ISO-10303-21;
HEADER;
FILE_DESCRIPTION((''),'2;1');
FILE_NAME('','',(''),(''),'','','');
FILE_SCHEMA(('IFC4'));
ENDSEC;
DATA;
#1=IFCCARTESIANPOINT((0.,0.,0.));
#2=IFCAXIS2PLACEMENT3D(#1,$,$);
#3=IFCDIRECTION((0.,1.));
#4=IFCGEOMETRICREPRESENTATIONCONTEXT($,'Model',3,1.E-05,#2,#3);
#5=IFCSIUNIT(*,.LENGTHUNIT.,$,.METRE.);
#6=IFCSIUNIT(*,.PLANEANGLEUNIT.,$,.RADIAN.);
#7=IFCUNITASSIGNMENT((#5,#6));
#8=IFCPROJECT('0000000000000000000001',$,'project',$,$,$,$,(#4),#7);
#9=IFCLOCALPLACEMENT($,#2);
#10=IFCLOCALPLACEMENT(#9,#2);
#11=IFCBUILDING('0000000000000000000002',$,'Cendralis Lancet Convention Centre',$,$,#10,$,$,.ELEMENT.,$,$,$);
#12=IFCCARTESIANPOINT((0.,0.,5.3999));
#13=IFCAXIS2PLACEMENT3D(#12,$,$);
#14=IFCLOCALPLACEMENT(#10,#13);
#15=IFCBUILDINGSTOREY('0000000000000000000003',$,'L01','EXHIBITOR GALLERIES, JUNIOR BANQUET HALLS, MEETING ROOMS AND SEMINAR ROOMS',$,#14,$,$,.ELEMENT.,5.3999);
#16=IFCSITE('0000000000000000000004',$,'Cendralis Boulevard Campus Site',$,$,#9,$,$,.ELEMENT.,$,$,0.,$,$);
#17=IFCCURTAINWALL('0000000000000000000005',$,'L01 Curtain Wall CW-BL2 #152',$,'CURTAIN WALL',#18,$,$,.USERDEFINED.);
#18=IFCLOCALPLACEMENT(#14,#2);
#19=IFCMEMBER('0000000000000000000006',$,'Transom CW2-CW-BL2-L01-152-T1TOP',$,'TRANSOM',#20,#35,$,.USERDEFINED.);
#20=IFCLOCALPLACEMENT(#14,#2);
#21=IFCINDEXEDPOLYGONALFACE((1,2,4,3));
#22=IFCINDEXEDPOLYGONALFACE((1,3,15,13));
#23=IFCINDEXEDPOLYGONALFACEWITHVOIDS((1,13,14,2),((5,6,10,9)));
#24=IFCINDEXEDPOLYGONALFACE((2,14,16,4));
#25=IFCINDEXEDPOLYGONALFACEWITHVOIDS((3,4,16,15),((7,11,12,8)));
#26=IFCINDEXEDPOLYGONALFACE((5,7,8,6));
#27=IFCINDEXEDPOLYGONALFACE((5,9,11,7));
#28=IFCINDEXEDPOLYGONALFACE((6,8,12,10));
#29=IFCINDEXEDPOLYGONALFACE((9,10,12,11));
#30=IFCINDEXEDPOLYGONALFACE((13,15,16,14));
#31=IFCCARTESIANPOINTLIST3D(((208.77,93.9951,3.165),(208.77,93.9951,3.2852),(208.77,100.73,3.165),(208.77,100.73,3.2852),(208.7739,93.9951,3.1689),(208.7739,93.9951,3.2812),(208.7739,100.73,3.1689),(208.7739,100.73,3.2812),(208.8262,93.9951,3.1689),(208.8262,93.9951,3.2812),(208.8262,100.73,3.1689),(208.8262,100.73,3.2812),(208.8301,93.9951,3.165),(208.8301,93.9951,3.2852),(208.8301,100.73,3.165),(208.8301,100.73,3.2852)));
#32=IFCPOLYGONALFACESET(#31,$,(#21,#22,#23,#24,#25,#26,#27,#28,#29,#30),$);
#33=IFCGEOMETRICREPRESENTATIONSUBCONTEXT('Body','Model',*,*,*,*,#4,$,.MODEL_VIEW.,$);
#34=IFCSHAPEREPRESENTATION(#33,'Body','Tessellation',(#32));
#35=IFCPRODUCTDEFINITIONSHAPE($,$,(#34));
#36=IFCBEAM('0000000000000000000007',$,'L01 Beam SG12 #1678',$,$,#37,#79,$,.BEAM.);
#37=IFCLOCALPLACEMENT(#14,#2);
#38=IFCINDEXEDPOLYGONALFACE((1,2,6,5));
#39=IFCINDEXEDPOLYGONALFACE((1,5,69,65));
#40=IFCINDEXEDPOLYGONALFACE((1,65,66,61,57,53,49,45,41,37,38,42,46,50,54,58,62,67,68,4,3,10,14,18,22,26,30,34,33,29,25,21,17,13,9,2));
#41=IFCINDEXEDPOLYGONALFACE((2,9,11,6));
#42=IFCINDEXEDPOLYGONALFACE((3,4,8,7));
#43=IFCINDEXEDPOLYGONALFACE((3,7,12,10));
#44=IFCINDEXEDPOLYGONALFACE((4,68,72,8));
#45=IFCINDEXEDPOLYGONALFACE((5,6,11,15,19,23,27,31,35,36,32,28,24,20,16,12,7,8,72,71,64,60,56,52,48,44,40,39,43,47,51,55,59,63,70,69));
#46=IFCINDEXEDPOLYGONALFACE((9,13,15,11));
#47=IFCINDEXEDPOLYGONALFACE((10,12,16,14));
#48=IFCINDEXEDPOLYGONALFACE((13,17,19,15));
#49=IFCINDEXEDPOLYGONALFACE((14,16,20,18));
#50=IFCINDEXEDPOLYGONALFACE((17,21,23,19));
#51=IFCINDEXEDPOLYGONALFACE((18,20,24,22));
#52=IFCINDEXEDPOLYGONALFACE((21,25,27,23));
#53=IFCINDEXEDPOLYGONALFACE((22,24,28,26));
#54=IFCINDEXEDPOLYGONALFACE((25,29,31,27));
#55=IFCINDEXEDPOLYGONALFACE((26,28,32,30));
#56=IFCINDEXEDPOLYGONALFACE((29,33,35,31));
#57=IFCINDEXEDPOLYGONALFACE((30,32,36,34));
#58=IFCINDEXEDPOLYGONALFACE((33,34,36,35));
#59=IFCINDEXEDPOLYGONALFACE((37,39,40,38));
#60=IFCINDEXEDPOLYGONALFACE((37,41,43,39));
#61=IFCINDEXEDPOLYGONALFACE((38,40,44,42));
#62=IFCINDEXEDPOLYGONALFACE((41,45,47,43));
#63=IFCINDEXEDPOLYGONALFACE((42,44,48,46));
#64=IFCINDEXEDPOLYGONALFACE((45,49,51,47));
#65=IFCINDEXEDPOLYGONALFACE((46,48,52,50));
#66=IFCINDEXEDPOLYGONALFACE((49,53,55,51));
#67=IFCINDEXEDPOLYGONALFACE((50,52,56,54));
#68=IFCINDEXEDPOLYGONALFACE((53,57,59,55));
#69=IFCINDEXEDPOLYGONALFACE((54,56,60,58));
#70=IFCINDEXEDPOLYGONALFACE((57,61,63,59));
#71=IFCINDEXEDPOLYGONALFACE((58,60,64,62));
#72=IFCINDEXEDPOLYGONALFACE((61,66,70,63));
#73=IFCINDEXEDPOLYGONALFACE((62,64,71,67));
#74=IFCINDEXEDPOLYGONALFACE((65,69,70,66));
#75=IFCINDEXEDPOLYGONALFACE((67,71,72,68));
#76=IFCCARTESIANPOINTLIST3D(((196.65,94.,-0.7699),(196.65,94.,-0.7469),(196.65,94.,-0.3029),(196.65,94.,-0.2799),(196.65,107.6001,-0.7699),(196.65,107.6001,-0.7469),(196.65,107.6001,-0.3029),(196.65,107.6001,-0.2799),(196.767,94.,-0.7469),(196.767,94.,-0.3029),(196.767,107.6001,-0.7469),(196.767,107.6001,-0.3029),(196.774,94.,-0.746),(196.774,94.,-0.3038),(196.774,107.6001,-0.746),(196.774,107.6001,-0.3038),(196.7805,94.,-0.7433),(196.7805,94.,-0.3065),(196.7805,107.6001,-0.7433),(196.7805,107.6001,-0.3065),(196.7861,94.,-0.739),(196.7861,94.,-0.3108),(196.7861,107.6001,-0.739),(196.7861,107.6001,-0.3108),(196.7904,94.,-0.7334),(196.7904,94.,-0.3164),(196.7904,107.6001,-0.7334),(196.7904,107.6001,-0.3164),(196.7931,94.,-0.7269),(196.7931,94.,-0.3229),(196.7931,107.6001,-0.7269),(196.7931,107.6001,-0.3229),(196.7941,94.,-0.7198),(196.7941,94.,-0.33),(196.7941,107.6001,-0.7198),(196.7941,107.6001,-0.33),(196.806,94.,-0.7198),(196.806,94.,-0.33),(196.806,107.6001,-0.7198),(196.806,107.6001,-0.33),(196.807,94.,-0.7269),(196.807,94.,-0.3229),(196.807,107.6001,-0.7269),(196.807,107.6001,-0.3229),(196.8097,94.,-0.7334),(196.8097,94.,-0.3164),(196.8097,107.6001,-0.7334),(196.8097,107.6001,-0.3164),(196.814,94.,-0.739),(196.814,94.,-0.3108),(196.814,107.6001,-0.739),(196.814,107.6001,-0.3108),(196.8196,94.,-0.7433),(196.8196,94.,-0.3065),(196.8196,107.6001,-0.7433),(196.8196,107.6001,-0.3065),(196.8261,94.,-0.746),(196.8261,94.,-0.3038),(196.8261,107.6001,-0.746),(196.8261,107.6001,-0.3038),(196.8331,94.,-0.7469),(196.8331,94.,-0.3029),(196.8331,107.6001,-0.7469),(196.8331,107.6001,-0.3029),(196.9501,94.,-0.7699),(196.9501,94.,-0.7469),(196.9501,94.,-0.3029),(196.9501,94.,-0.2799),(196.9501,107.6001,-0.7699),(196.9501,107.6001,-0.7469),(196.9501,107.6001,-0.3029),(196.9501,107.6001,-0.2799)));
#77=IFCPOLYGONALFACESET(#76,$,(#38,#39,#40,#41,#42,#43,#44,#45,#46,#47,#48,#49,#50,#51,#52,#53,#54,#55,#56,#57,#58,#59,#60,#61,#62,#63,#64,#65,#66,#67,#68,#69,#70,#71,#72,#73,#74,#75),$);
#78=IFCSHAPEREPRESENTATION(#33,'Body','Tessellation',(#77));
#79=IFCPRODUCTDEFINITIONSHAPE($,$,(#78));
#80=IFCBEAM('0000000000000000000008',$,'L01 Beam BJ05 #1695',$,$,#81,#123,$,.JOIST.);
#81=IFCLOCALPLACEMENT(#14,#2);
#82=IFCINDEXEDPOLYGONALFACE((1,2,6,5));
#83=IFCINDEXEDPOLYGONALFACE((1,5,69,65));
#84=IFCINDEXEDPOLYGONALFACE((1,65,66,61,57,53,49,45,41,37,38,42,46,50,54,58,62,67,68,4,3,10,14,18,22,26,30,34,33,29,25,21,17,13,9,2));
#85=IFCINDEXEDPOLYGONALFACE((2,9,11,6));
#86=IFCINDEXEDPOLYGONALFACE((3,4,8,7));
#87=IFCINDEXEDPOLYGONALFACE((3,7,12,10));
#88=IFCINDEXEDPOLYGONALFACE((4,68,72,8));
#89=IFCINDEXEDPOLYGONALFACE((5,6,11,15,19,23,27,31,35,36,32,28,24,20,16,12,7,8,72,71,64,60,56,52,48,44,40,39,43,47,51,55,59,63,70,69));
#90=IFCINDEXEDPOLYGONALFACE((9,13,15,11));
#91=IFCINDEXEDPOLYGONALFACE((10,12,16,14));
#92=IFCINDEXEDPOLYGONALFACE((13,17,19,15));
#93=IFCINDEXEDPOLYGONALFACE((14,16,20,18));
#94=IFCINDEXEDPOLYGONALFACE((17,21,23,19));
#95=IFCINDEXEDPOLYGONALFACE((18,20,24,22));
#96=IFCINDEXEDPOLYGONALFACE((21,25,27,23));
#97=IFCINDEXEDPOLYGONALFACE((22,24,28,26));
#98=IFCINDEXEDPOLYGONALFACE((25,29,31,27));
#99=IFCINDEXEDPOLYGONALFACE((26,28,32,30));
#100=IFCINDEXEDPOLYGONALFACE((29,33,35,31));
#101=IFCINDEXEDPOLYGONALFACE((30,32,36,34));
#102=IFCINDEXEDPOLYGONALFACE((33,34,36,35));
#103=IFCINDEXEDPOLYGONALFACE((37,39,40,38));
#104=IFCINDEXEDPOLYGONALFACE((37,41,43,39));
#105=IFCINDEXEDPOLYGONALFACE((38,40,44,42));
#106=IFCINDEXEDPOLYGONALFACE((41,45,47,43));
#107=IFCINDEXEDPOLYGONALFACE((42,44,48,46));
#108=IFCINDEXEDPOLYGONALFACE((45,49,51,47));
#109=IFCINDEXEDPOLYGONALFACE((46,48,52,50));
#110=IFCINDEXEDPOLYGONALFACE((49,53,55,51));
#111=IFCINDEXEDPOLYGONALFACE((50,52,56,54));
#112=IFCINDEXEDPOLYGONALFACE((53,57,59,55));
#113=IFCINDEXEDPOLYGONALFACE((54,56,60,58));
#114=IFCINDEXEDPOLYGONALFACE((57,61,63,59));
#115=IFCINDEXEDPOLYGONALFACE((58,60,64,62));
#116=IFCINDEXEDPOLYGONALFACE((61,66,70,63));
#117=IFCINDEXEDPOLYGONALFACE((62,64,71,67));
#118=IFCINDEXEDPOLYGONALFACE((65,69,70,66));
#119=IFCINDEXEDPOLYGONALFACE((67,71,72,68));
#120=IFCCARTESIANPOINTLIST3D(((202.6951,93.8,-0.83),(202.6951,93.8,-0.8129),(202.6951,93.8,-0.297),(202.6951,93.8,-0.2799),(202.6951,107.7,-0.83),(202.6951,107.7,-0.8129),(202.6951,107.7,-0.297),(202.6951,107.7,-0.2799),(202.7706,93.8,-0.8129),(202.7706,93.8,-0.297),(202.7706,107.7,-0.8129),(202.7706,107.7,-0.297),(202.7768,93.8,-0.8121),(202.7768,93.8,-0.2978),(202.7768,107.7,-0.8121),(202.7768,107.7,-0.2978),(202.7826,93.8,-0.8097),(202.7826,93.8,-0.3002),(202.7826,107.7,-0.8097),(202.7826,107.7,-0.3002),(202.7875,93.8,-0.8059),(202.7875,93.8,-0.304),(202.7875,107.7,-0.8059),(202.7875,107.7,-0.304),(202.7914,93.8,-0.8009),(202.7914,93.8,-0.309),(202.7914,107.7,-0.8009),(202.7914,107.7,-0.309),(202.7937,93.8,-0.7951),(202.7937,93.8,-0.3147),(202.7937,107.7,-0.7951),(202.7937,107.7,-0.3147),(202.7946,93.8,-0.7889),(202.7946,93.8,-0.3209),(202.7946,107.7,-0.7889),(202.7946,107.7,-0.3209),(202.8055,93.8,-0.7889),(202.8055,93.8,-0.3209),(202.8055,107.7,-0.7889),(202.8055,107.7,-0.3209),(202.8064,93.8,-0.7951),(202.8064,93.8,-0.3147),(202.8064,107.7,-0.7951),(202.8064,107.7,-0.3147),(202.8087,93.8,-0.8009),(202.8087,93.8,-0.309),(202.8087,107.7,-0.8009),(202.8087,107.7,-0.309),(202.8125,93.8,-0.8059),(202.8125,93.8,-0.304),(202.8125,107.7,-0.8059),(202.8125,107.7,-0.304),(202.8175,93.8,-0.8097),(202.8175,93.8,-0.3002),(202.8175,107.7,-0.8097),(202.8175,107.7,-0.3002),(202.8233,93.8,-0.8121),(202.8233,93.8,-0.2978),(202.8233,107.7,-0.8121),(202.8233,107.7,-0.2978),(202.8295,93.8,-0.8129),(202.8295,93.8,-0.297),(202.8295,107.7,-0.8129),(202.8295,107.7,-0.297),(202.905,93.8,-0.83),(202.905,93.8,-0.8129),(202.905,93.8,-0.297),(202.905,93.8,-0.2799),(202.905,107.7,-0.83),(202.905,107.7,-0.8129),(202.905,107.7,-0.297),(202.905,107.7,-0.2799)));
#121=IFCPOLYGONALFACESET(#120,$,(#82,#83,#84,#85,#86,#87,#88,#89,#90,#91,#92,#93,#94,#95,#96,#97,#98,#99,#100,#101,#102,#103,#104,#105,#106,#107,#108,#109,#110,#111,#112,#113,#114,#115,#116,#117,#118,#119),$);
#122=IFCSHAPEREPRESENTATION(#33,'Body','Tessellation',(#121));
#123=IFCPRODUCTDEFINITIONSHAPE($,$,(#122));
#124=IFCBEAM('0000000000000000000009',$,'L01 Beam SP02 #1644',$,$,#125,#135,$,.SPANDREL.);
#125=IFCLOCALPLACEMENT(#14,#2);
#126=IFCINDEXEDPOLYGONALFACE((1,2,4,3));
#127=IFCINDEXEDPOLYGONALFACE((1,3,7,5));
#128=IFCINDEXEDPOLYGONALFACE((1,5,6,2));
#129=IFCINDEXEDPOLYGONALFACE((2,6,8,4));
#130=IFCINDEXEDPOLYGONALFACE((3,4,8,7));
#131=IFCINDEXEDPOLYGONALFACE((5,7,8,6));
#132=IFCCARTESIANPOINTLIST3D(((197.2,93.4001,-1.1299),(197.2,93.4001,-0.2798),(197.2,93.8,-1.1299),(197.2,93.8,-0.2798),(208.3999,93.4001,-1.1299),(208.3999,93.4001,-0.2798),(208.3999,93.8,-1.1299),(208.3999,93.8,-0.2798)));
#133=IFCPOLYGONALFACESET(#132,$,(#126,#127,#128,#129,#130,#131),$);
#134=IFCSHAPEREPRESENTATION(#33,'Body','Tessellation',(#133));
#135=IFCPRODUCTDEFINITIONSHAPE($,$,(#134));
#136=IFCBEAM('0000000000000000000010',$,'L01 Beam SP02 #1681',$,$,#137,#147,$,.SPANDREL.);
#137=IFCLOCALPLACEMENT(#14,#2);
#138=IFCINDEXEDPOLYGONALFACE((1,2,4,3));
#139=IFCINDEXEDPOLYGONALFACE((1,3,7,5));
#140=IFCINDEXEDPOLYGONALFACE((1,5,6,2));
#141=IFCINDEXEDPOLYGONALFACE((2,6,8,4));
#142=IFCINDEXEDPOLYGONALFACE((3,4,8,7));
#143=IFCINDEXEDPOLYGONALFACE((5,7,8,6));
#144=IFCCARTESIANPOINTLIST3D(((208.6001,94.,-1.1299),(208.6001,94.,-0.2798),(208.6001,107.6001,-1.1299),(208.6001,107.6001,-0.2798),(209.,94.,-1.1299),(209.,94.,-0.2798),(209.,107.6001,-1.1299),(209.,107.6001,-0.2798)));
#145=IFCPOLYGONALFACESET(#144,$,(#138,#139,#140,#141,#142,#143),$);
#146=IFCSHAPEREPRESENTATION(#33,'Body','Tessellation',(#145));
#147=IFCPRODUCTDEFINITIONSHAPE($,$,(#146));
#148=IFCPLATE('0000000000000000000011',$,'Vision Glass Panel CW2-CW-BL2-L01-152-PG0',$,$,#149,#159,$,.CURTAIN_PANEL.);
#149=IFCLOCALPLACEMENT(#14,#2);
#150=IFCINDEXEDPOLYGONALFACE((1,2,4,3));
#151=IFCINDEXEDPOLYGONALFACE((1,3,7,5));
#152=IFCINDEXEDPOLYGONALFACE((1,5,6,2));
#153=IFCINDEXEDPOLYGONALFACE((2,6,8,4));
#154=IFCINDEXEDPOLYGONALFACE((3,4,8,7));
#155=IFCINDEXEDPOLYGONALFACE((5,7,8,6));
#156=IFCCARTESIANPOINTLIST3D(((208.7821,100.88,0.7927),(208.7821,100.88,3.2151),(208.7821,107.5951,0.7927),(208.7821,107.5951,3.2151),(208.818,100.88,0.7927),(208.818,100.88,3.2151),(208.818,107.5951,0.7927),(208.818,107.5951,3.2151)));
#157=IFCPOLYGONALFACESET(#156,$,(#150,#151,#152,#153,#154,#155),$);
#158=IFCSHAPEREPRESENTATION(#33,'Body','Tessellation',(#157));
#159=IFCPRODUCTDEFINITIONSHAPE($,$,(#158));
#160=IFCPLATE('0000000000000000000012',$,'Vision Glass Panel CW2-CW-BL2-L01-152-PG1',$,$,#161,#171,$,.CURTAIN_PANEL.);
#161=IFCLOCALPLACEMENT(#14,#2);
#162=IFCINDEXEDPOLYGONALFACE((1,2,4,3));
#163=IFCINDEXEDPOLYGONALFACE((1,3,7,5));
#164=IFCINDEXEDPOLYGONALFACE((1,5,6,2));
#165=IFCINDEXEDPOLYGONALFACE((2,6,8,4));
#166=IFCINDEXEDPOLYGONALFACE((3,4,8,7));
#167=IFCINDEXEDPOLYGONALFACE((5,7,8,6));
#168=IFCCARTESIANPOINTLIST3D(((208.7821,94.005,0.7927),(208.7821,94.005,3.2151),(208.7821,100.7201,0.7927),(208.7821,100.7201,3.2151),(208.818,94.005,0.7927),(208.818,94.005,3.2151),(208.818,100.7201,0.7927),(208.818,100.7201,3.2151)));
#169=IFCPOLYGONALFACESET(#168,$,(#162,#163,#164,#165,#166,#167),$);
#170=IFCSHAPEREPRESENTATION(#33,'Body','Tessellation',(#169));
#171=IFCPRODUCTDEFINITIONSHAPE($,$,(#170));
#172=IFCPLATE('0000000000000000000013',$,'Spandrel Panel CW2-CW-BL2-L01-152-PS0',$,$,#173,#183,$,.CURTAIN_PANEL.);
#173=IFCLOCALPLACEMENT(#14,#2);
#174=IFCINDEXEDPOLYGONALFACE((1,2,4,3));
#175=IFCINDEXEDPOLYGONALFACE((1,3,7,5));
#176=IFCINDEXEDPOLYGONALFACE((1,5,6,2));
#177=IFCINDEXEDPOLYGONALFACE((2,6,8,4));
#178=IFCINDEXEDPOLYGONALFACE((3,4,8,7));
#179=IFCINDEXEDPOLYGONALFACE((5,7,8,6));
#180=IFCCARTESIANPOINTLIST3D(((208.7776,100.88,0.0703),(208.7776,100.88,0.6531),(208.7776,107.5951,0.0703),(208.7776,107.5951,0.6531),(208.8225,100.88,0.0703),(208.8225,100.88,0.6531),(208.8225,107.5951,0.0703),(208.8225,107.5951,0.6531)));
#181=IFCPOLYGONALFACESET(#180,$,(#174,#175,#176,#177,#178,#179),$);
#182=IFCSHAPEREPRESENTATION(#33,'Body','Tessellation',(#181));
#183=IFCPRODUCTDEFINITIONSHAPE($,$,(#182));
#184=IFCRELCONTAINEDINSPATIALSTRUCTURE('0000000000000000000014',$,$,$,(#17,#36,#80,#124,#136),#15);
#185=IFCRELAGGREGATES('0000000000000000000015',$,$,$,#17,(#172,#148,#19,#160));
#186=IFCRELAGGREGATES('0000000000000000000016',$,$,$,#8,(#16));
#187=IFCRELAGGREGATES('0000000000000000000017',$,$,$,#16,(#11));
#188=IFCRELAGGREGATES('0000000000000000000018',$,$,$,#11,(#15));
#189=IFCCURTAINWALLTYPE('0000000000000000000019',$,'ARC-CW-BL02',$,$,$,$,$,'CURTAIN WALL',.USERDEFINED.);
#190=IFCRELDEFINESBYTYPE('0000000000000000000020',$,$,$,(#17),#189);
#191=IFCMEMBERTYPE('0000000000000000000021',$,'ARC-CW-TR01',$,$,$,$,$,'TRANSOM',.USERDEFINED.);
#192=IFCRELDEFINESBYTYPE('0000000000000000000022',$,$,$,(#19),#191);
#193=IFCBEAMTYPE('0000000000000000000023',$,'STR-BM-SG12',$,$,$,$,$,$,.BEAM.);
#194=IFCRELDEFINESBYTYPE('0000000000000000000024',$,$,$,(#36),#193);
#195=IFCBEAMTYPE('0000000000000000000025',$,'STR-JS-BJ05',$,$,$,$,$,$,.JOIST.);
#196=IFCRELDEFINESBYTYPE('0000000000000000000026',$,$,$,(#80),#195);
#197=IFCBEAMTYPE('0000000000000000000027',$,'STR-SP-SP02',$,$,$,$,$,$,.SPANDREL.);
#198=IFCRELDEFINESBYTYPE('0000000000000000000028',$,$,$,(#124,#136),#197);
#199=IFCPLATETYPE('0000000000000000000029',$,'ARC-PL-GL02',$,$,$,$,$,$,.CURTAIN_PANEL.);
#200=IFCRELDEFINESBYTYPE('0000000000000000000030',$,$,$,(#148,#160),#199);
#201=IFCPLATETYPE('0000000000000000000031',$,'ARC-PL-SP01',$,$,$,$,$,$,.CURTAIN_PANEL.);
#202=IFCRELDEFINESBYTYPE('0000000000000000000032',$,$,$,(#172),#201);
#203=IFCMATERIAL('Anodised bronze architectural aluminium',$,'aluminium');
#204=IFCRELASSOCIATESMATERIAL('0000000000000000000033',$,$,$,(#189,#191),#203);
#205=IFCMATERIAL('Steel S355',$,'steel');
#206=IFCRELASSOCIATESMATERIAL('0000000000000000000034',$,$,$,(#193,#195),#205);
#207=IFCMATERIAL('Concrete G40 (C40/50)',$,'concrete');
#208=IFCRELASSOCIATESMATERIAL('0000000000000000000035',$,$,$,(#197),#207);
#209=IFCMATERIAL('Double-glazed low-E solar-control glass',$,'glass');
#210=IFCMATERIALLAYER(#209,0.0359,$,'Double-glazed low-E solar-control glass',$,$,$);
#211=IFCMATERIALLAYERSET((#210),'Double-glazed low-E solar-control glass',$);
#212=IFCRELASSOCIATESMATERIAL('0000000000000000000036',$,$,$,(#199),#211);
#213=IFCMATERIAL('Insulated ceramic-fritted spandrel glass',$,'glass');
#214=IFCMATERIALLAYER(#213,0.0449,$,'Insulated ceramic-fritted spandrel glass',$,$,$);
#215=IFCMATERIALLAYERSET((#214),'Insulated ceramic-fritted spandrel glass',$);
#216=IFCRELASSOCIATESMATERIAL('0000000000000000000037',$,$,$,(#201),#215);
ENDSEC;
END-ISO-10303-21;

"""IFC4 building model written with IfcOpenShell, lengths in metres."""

from ifc_helpers import new_model, si_unit, direction, frame, origin, origin_2d, place, context, subcontext, project, spatial, rectangle, hollow_rectangle, i_section, extrude, material, layer, layer_set, material_profile, profile_set, type_object, element, aggregate, save


model = new_model("IFC4")

# Units and contexts
model_context = context("Model", 3, precision=1e-05, world=origin(), true_north=direction((0.0, 1.0)))
body_context = subcontext(model_context, "Body", "Model", "MODEL_VIEW")
ifc_project = project(units=[si_unit("LENGTHUNIT", "METRE"), si_unit("PLANEANGLEUNIT", "RADIAN")], contexts=[model_context])

# Site, building, storey
site_placement = place(None, origin())
site = spatial("IfcSite", under=ifc_project, at=site_placement, Name="Cendralis Boulevard Campus Site", CompositionType="ELEMENT", RefElevation=0.0)
building_placement = place(site_placement, origin())
building = spatial("IfcBuilding", under=site, at=building_placement, Name="Cendralis Lancet Convention Centre", CompositionType="ELEMENT")
storey_placement = place(building_placement, frame((0.0, 0.0, 5.3999)))
storey = spatial("IfcBuildingStorey", under=building, at=storey_placement, Name="L01", Description="EXHIBITOR GALLERIES, JUNIOR BANQUET HALLS, MEETING ROOMS AND SEMINAR ROOMS", CompositionType="ELEMENT", Elevation=5.3999)

# Shared definitions
ifc_material_1 = material(Name="Steel S355", Category="steel")
ifc_material_2 = material(Name="Concrete G40 (C40/50)", Category="concrete")

# Curtain wall, member
ifc_material_3 = material(Name="Anodised bronze architectural aluminium", Category="aluminium")
curtain_wall_type = type_object("IfcCurtainWallType", Name="ARC-CW-BL02", ElementType="CURTAIN WALL", PredefinedType="USERDEFINED", material=ifc_material_3)
curtain_wall_placement = place(storey_placement, origin())
curtain_wall = element("IfcCurtainWall", 1, at=curtain_wall_placement, inside=storey, type_object=curtain_wall_type, Name="L01 Curtain Wall CW-BL2 #152", ObjectType="CURTAIN WALL", PredefinedType="USERDEFINED")
ifc_material_profile_1 = material_profile(ifc_material_3, hollow_rectangle(XDim=0.0601, YDim=0.1201, WallThickness=0.0039, at=origin_2d()), Name="AL-TRAN 60x120x4.0")
ifc_profile_set_1 = profile_set([ifc_material_profile_1], Name="Anodised bronze architectural aluminium")
member_type_1 = type_object("IfcMemberType", Name="ARC-CW-TR01", ElementType="TRANSOM", PredefinedType="USERDEFINED", material=ifc_profile_set_1)
member_1_placement = place(storey_placement, frame((208.8, 100.73, 3.2251), z_axis=(0.0, -1.0, 0.0), x_axis=(1.0, 0.0, 0.0)))
member_1 = element("IfcMember", 2, at=member_1_placement, type_object=member_type_1, Name="Transom CW2-CW-BL2-L01-152-T1TOP", ObjectType="TRANSOM", PredefinedType="USERDEFINED", context=body_context, shape_type="SweptSolid", body=[
    extrude(hollow_rectangle(XDim=0.0601, YDim=0.1201, WallThickness=0.0039, at=origin_2d()), origin(), (0.0, 0.0, 1.0), 6.7349),
])

# Beams
ifc_material_profile_2 = material_profile(ifc_material_1, i_section(OverallWidth=0.3, OverallDepth=0.49, WebThickness=0.012, FlangeThickness=0.0229, FilletRadius=0.0271, at=origin_2d()), Name="HEA 500")
ifc_profile_set_2 = profile_set([ifc_material_profile_2], Name="Steel S355")
beam_type_1 = type_object("IfcBeamType", Name="STR-BM-SG12", PredefinedType="BEAM", material=ifc_profile_set_2)
beam_1_placement = place(storey_placement, frame((196.8, 94.0, -0.5249), z_axis=(0.0, 1.0, 0.0), x_axis=(-1.0, 0.0, 0.0)))
element("IfcBeam", 3, at=beam_1_placement, inside=storey, type_object=beam_type_1, Name="L01 Beam SG12 #1678", PredefinedType="BEAM", context=body_context, shape_type="SweptSolid", body=[
    extrude(i_section(OverallWidth=0.3, OverallDepth=0.49, WebThickness=0.012, FlangeThickness=0.0229, FilletRadius=0.0271, at=origin_2d()), origin(), (0.0, 0.0, 1.0), 13.6001),
])
ifc_material_profile_3 = material_profile(ifc_material_1, i_section(OverallWidth=0.21, OverallDepth=0.55, WebThickness=0.011, FlangeThickness=0.0171, FilletRadius=0.0239, at=origin_2d()), Name="IPE 550")
ifc_profile_set_3 = profile_set([ifc_material_profile_3], Name="Steel S355")
beam_type_2 = type_object("IfcBeamType", Name="STR-JS-BJ05", PredefinedType="JOIST", material=ifc_profile_set_3)
beam_2_placement = place(storey_placement, frame((202.8, 93.8, -0.5549), z_axis=(0.0, 1.0, 0.0), x_axis=(-1.0, 0.0, 0.0)))
element("IfcBeam", 4, at=beam_2_placement, inside=storey, type_object=beam_type_2, Name="L01 Beam BJ05 #1695", PredefinedType="JOIST", context=body_context, shape_type="SweptSolid", body=[
    extrude(i_section(OverallWidth=0.21, OverallDepth=0.55, WebThickness=0.011, FlangeThickness=0.0171, FilletRadius=0.0239, at=origin_2d()), origin(), (0.0, 0.0, 1.0), 13.8999),
])
ifc_material_profile_4 = material_profile(ifc_material_2, rectangle(XDim=0.3999, YDim=0.8501, at=origin_2d()), Name="RCB 400x850")
ifc_profile_set_4 = profile_set([ifc_material_profile_4], Name="Concrete G40 (C40/50)")
beam_type_3 = type_object("IfcBeamType", Name="STR-SP-SP02", PredefinedType="SPANDREL", material=ifc_profile_set_4)
beam_3_placement = place(storey_placement, frame((197.2, 93.6001, -0.7048), z_axis=(1.0, 0.0, 0.0), x_axis=(0.0, 1.0, 0.0)))
element("IfcBeam", 5, at=beam_3_placement, inside=storey, type_object=beam_type_3, Name="L01 Beam SP02 #1644", PredefinedType="SPANDREL", context=body_context, shape_type="SweptSolid", body=[
    extrude(rectangle(XDim=0.3999, YDim=0.8501, at=origin_2d()), origin(), (0.0, 0.0, 1.0), 11.2),
])
beam_4_placement = place(storey_placement, frame((208.8, 94.0, -0.7048), z_axis=(0.0, 1.0, 0.0), x_axis=(-1.0, 0.0, 0.0)))
element("IfcBeam", 6, at=beam_4_placement, inside=storey, type_object=beam_type_3, Name="L01 Beam SP02 #1681", PredefinedType="SPANDREL", context=body_context, shape_type="SweptSolid", body=[
    extrude(rectangle(XDim=0.3999, YDim=0.8501, at=origin_2d()), origin(), (0.0, 0.0, 1.0), 13.6001),
])

# Plates
ifc_material_4 = material(Name="Double-glazed low-E solar-control glass", Category="glass")
ifc_layer_1 = layer(ifc_material_4, 0.0359, Name="Double-glazed low-E solar-control glass")
ifc_layer_set_1 = layer_set([ifc_layer_1], Name="Double-glazed low-E solar-control glass")
plate_type_1 = type_object("IfcPlateType", Name="ARC-PL-GL02", PredefinedType="CURTAIN_PANEL", material=ifc_layer_set_1)
plate_1_placement = place(storey_placement, frame((208.8, 104.2375, 0.7927), z_axis=(0.0, 0.0, 1.0), x_axis=(0.0, -1.0, 0.0)))
plate_1 = element("IfcPlate", 7, at=plate_1_placement, type_object=plate_type_1, Name="Vision Glass Panel CW2-CW-BL2-L01-152-PG0", PredefinedType="CURTAIN_PANEL", context=body_context, shape_type="SweptSolid", body=[
    extrude(rectangle(XDim=6.7151, YDim=0.0359, at=origin_2d()), origin(), (0.0, 0.0, 1.0), 2.4224),
])
plate_2_placement = place(storey_placement, frame((208.8, 97.3625, 0.7927), z_axis=(0.0, 0.0, 1.0), x_axis=(0.0, -1.0, 0.0)))
plate_2 = element("IfcPlate", 8, at=plate_2_placement, type_object=plate_type_1, Name="Vision Glass Panel CW2-CW-BL2-L01-152-PG1", PredefinedType="CURTAIN_PANEL", context=body_context, shape_type="SweptSolid", body=[
    extrude(rectangle(XDim=6.7151, YDim=0.0359, at=origin_2d()), origin(), (0.0, 0.0, 1.0), 2.4224),
])
ifc_material_5 = material(Name="Insulated ceramic-fritted spandrel glass", Category="glass")
ifc_layer_2 = layer(ifc_material_5, 0.0449, Name="Insulated ceramic-fritted spandrel glass")
ifc_layer_set_2 = layer_set([ifc_layer_2], Name="Insulated ceramic-fritted spandrel glass")
plate_type_2 = type_object("IfcPlateType", Name="ARC-PL-SP01", PredefinedType="CURTAIN_PANEL", material=ifc_layer_set_2)
plate_3_placement = place(storey_placement, frame((208.8, 104.2375, 0.0703), z_axis=(0.0, 0.0, 1.0), x_axis=(0.0, -1.0, 0.0)))
plate_3 = element("IfcPlate", 9, at=plate_3_placement, type_object=plate_type_2, Name="Spandrel Panel CW2-CW-BL2-L01-152-PS0", PredefinedType="CURTAIN_PANEL", context=body_context, shape_type="SweptSolid", body=[
    extrude(rectangle(XDim=6.7151, YDim=0.0449, at=origin_2d()), origin(), (0.0, 0.0, 1.0), 0.5828),
])
aggregate(curtain_wall, [plate_3, plate_1, member_1, plate_2])

save(model, "model.ifc")
